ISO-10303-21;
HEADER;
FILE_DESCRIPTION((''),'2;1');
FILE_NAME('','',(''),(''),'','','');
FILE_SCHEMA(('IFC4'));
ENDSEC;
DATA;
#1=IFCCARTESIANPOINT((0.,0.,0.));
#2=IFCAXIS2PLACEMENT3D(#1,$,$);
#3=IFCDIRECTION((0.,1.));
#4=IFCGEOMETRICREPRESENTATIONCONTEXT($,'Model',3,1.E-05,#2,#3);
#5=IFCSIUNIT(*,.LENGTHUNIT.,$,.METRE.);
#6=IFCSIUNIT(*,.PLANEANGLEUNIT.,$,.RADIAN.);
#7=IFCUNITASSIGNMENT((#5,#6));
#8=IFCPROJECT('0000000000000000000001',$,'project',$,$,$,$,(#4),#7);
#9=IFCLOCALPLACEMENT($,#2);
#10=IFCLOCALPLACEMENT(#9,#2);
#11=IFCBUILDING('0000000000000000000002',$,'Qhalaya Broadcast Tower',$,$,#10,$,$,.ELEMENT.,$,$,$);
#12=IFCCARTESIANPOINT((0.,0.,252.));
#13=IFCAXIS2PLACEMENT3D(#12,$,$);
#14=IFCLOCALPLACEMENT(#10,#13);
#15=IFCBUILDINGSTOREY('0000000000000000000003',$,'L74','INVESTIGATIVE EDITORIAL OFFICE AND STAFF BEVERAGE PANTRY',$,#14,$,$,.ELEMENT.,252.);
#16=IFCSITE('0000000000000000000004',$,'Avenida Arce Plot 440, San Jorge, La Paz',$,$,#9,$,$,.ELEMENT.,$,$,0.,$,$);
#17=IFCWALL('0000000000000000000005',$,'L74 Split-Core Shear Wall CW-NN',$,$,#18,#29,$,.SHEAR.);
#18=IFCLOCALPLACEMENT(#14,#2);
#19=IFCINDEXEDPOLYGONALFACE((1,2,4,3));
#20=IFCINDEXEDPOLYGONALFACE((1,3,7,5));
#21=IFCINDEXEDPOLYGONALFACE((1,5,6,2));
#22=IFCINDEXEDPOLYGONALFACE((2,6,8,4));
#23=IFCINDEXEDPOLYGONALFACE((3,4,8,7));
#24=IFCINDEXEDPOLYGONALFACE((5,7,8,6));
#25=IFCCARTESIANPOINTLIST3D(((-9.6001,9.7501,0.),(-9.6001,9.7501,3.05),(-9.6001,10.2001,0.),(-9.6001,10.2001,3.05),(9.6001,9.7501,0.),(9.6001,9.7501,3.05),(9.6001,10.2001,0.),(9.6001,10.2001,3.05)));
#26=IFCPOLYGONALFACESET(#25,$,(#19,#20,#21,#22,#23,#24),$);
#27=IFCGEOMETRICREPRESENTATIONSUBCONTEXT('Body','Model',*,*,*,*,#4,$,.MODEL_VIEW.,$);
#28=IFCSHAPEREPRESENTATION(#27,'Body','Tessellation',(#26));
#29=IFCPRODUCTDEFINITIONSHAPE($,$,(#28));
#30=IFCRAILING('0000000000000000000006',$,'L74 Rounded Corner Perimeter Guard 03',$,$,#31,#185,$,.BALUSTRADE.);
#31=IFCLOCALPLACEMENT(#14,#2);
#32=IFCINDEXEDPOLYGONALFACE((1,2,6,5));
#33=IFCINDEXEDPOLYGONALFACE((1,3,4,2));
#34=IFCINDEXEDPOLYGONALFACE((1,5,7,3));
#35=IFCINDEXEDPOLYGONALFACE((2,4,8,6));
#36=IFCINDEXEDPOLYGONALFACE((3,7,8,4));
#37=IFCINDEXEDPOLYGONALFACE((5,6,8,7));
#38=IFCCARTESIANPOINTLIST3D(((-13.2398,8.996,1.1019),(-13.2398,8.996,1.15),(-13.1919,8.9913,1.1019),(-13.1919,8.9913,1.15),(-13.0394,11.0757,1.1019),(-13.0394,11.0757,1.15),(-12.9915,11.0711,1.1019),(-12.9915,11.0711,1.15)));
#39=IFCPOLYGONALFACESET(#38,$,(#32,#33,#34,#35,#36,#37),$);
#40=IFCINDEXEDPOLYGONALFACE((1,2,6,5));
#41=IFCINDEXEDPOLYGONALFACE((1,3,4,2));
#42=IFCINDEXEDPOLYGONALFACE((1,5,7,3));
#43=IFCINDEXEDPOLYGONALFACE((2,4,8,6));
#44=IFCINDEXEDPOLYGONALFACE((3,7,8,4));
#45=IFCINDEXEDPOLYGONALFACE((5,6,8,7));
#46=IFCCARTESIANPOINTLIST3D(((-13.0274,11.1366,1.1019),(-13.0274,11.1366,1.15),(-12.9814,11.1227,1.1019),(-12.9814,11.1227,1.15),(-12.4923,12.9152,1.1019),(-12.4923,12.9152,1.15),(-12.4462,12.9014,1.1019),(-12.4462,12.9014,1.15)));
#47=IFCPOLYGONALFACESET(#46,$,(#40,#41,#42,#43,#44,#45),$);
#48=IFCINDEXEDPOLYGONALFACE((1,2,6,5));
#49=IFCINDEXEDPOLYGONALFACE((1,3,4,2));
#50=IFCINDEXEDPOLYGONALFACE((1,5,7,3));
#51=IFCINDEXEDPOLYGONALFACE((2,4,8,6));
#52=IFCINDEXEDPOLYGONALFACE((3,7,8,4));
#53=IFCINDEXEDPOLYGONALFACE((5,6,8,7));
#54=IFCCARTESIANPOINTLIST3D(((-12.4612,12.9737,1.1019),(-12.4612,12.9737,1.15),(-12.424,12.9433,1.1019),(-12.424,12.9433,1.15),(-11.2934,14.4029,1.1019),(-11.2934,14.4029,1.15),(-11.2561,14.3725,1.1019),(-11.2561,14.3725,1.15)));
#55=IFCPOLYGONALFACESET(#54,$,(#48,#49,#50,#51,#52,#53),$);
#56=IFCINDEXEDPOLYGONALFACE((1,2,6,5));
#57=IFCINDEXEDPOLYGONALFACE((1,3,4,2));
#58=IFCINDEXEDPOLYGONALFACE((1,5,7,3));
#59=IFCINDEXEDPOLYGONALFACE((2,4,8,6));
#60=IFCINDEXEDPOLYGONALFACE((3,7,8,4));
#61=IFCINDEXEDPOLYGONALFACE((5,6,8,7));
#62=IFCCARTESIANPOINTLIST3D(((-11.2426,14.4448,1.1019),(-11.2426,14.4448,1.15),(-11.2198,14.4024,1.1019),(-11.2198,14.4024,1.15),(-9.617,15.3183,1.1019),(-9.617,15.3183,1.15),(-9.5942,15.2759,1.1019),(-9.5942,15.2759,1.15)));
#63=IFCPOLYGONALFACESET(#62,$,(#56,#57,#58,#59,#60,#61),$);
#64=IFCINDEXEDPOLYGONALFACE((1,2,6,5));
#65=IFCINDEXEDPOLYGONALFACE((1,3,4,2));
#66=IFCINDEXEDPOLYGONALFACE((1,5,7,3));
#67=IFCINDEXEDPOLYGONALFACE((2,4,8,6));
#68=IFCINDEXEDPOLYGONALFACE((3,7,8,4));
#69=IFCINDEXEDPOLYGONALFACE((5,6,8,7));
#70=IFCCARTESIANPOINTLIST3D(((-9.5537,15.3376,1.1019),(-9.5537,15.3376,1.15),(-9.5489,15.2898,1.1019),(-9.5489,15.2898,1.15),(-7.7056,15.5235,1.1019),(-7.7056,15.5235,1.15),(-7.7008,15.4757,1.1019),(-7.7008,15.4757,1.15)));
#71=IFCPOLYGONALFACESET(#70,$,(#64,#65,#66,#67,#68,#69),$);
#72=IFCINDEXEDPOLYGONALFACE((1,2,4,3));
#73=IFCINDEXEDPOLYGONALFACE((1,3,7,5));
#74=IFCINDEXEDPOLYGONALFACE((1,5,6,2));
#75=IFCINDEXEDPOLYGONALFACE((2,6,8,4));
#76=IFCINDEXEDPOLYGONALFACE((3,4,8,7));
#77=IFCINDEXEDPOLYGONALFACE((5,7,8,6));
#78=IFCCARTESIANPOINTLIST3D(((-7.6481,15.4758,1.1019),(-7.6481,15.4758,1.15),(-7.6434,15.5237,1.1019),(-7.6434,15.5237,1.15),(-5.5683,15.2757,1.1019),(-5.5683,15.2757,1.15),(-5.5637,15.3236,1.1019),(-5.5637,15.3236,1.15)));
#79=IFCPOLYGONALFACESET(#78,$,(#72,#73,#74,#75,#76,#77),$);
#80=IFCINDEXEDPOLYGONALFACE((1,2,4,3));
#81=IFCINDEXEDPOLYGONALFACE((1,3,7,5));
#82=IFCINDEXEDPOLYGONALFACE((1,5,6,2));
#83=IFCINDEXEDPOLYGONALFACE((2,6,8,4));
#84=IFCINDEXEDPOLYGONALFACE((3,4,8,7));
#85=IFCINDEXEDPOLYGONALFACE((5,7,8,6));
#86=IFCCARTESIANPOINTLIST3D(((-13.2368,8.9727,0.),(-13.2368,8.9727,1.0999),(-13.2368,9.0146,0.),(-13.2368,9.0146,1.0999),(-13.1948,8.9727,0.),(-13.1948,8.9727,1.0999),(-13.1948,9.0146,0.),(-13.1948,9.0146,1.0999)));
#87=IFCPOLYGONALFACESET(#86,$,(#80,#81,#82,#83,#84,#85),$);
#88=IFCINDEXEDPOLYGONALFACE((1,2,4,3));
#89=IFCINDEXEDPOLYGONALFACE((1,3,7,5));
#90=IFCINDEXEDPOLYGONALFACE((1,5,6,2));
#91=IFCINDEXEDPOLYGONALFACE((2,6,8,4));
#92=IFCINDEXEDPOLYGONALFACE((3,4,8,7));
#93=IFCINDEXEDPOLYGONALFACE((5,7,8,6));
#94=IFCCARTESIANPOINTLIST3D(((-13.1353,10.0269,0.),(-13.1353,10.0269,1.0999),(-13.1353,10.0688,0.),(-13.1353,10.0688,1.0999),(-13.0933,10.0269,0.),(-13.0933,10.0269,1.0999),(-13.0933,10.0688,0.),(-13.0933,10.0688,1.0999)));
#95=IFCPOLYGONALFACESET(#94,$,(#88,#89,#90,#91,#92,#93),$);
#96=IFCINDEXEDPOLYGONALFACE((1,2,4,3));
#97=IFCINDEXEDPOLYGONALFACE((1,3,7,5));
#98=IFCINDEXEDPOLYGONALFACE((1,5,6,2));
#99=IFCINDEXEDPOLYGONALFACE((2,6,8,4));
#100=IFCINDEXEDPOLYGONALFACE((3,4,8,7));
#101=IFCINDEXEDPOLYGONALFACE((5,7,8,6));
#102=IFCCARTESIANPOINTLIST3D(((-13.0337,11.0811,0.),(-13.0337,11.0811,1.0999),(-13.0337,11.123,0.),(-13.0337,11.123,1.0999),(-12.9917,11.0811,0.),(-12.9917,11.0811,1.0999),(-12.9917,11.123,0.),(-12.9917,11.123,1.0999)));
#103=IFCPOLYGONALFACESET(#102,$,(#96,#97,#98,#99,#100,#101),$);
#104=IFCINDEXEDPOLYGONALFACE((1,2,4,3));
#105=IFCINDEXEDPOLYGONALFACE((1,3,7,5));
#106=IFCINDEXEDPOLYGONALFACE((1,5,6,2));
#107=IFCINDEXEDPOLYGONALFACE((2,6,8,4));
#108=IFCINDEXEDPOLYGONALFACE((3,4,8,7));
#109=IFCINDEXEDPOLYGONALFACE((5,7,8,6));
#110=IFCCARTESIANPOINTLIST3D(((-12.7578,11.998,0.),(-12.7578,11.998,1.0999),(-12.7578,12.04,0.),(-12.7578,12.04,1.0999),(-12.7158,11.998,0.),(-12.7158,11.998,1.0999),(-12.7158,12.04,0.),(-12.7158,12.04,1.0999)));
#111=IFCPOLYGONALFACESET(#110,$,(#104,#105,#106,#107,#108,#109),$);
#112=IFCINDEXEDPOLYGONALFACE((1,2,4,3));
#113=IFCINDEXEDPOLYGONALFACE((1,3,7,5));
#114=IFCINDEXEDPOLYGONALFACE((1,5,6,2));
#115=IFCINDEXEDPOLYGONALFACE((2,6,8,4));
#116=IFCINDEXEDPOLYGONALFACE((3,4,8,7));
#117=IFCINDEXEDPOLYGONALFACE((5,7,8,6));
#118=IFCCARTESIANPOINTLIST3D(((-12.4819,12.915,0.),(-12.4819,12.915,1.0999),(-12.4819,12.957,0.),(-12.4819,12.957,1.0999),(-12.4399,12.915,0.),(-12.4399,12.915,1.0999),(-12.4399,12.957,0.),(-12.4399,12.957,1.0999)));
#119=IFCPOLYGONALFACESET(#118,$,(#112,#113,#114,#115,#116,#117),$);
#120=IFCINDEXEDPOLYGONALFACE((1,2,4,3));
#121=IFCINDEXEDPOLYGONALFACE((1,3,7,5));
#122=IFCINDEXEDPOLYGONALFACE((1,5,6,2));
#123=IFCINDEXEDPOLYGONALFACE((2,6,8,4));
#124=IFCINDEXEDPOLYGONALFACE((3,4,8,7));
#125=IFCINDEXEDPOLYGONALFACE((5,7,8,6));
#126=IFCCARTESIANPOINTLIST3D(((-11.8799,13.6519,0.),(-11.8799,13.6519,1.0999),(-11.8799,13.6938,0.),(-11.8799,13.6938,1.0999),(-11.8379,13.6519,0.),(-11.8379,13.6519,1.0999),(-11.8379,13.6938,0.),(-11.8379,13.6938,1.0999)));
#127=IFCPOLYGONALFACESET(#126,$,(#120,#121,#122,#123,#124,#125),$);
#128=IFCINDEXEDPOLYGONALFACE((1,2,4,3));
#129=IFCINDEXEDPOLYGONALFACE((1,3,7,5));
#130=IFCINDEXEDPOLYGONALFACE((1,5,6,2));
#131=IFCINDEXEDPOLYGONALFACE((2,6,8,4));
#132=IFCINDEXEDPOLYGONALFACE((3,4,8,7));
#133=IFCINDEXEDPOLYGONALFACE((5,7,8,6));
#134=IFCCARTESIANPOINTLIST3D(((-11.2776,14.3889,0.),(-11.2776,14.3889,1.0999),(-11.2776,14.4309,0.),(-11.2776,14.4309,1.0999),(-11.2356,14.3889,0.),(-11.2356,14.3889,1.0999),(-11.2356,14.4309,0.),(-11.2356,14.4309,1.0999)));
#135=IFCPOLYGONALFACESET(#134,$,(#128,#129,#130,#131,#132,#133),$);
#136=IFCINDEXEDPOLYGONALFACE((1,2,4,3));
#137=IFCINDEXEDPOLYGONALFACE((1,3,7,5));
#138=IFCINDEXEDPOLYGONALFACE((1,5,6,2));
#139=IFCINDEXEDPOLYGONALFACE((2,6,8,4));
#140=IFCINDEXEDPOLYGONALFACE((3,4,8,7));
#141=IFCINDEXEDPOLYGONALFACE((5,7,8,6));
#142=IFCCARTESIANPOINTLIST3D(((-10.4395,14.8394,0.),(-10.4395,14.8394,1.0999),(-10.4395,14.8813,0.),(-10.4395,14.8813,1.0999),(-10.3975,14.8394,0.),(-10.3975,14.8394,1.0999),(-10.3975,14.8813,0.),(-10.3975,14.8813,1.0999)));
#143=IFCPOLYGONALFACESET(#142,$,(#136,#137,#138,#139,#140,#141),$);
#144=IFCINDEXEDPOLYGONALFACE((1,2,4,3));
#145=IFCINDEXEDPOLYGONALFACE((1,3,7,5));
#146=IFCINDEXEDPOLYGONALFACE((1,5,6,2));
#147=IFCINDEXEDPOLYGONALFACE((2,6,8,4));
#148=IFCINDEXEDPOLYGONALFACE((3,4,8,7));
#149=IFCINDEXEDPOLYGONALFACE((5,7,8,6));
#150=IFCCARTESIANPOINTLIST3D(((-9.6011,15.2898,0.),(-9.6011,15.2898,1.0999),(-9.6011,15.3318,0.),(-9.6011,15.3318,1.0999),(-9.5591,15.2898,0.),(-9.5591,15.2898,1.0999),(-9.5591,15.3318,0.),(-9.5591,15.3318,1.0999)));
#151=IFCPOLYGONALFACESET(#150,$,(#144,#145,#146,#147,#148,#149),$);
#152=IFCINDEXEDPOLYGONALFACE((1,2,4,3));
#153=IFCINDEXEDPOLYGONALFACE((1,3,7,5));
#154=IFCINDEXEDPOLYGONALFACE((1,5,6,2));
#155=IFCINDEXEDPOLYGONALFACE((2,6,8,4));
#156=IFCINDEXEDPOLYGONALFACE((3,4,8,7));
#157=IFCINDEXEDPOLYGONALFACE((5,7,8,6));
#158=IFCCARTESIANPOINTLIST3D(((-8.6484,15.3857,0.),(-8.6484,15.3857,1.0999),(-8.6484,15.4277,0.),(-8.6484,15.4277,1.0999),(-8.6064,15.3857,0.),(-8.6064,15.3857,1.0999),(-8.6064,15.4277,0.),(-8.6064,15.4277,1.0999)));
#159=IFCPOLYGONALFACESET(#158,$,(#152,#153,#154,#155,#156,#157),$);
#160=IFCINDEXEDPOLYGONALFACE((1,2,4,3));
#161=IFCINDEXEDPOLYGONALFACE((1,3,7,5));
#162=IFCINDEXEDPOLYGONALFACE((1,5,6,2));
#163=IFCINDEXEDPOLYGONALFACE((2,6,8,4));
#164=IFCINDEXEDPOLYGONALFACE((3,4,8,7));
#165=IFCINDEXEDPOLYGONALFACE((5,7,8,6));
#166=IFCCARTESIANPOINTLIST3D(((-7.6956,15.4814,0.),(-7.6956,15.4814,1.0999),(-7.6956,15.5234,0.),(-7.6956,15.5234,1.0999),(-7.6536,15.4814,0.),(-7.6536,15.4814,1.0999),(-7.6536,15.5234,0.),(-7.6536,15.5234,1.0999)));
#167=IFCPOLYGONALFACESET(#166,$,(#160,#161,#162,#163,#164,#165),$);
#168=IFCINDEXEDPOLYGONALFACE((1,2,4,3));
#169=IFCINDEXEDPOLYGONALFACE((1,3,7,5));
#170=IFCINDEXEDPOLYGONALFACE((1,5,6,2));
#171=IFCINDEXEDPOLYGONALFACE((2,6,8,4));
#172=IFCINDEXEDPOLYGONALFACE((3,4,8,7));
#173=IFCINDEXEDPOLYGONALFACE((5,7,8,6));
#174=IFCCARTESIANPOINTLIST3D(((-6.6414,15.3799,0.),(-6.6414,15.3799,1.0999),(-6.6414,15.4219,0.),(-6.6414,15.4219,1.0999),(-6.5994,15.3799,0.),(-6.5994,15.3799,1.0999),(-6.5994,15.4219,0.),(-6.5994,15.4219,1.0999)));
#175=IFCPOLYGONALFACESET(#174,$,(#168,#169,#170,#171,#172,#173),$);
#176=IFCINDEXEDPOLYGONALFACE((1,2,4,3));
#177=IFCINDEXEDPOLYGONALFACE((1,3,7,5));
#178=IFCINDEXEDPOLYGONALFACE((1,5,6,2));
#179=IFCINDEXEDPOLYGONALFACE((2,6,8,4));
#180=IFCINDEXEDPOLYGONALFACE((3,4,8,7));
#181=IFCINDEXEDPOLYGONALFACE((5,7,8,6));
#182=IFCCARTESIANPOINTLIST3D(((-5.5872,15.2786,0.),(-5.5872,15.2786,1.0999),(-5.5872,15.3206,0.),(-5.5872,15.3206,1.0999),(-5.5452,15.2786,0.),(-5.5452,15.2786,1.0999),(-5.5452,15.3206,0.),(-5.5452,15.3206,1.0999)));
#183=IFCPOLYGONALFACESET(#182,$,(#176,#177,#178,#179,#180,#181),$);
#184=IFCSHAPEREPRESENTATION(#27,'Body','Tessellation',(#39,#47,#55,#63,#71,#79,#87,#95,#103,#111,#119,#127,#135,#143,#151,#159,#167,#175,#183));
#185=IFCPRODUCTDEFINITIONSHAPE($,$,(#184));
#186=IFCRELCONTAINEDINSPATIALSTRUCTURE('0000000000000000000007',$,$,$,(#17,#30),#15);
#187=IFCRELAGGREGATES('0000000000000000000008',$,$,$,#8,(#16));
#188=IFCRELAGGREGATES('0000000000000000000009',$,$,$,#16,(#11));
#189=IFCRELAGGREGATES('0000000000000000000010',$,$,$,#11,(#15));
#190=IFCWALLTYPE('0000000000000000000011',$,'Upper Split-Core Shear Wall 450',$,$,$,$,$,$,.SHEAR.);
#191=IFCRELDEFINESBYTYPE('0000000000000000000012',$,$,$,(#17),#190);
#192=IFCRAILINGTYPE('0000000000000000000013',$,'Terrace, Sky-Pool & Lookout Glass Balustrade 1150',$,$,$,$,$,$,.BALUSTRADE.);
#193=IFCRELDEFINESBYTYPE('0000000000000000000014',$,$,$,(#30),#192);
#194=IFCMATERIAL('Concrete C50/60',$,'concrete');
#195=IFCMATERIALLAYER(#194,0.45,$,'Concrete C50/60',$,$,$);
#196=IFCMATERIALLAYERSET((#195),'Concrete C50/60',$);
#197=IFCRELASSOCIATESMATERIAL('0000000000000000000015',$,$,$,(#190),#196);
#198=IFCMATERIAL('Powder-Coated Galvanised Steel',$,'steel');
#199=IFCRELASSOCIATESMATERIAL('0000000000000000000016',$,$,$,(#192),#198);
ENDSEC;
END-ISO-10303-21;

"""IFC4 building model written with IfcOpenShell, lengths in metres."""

from ifc_helpers import new_model, si_unit, direction, frame, frame_2d, origin, origin_2d, place, context, subcontext, project, spatial, rectangle, extrude, material, layer, layer_set, type_object, element, save


model = new_model("IFC4")

# Units and contexts
model_context = context("Model", 3, precision=1e-05, world=origin(), true_north=direction((0.0, 1.0)))
body_context = subcontext(model_context, "Body", "Model", "MODEL_VIEW")
ifc_project = project(units=[si_unit("LENGTHUNIT", "METRE"), si_unit("PLANEANGLEUNIT", "RADIAN")], contexts=[model_context])

# Site, building, storey
site_placement = place(None, origin())
site = spatial("IfcSite", under=ifc_project, at=site_placement, Name="Avenida Arce Plot 440, San Jorge, La Paz", CompositionType="ELEMENT", RefElevation=0.0)
building_placement = place(site_placement, origin())
building = spatial("IfcBuilding", under=site, at=building_placement, Name="Qhalaya Broadcast Tower", CompositionType="ELEMENT")
storey_placement = place(building_placement, frame((0.0, 0.0, 252.0)))
storey = spatial("IfcBuildingStorey", under=building, at=storey_placement, Name="L74", Description="INVESTIGATIVE EDITORIAL OFFICE AND STAFF BEVERAGE PANTRY", CompositionType="ELEMENT", Elevation=252.0)

# Shared definitions
ifc_material_1 = material(Name="Concrete C50/60", Category="concrete")

# Wall
ifc_layer_1 = layer(ifc_material_1, 0.45, Name="Concrete C50/60")
ifc_layer_set_1 = layer_set([ifc_layer_1], Name="Concrete C50/60")
wall_type_1 = type_object("IfcWallType", Name="Upper Split-Core Shear Wall 450", PredefinedType="SHEAR", material=ifc_layer_set_1)
wall_1_placement = place(storey_placement, frame((-9.6001, 9.9751, 0.0), z_axis=(0.0, 0.0, 1.0), x_axis=(1.0, 0.0, 0.0)))
element("IfcWall", 1, at=wall_1_placement, inside=storey, type_object=wall_type_1, Name="L74 Split-Core Shear Wall CW-NN", PredefinedType="SHEAR", context=body_context, shape_type="SweptSolid", body=[
    extrude(rectangle(XDim=19.2002, YDim=0.45, at=frame_2d((9.6001, 0.0))), origin(), (0.0, 0.0, 1.0), 3.05),
])

# Railing
ifc_material_2 = material(Name="Powder-Coated Galvanised Steel", Category="steel")
railing_type = type_object("IfcRailingType", Name="Terrace, Sky-Pool & Lookout Glass Balustrade 1150", PredefinedType="BALUSTRADE", material=ifc_material_2)
railing_placement = place(storey_placement, frame((-13.2158, 8.9937, 0.0)))
element("IfcRailing", 2, at=railing_placement, inside=storey, type_object=railing_type, Name="L74 Rounded Corner Perimeter Guard 03", PredefinedType="BALUSTRADE", context=body_context, shape_type="SweptSolid", body=[
    extrude(rectangle(XDim=0.0481, YDim=0.0481, at=origin_2d()), frame((0.0, 0.0, 1.126), z_axis=(0.095897, 0.995391, 0.0), x_axis=(-0.995391, 0.095897, 0.0)), (0.0, 0.0, 1.0), 2.0894),
    extrude(rectangle(XDim=0.0481, YDim=0.0481, at=origin_2d()), frame((0.2114, 2.136, 1.126), z_axis=(0.288096, 0.957601, 0.0), x_axis=(-0.957601, 0.288096, 0.0)), (0.0, 0.0, 1.0), 1.8574),
    extrude(rectangle(XDim=0.0481, YDim=0.0481, at=origin_2d()), frame((0.7732, 3.9648, 1.126), z_axis=(0.632749, 0.774357, 0.0), x_axis=(-0.774357, 0.632749, 0.0)), (0.0, 0.0, 1.0), 1.8457),
    extrude(rectangle(XDim=0.0481, YDim=0.0481, at=origin_2d()), frame((1.9846, 5.4299, 1.126), z_axis=(0.880879, 0.473342, 0.0), x_axis=(-0.473342, 0.880879, 0.0)), (0.0, 0.0, 1.0), 1.8455),
    extrude(rectangle(XDim=0.0481, YDim=0.0481, at=origin_2d()), frame((3.6646, 6.3201, 1.126), z_axis=(0.99498, 0.100072, 0.0), x_axis=(-0.100072, 0.99498, 0.0)), (0.0, 0.0, 1.0), 1.8574),
    extrude(rectangle(XDim=0.0481, YDim=0.0481, at=origin_2d()), frame((5.5701, 6.5061, 1.126), z_axis=(0.995402, -0.095783, 0.0), x_axis=(0.095783, 0.995402, 0.0)), (0.0, 0.0, 1.0), 2.0894),
    extrude(rectangle(XDim=0.042, YDim=0.042, at=origin_2d()), origin(), (0.0, 0.0, 1.0), 1.0999),
    extrude(rectangle(XDim=0.042, YDim=0.042, at=origin_2d()), frame((0.1016, 1.0542, 0.0)), (0.0, 0.0, 1.0), 1.0999),
    extrude(rectangle(XDim=0.042, YDim=0.042, at=origin_2d()), frame((0.2031, 2.1084, 0.0)), (0.0, 0.0, 1.0), 1.0999),
    extrude(rectangle(XDim=0.042, YDim=0.042, at=origin_2d()), frame((0.479, 3.0254, 0.0)), (0.0, 0.0, 1.0), 1.0999),
    extrude(rectangle(XDim=0.042, YDim=0.042, at=origin_2d()), frame((0.7549, 3.9424, 0.0)), (0.0, 0.0, 1.0), 1.0999),
    extrude(rectangle(XDim=0.042, YDim=0.042, at=origin_2d()), frame((1.3569, 4.6792, 0.0)), (0.0, 0.0, 1.0), 1.0999),
    extrude(rectangle(XDim=0.042, YDim=0.042, at=origin_2d()), frame((1.9592, 5.4163, 0.0)), (0.0, 0.0, 1.0), 1.0999),
    extrude(rectangle(XDim=0.042, YDim=0.042, at=origin_2d()), frame((2.7974, 5.8667, 0.0)), (0.0, 0.0, 1.0), 1.0999),
    extrude(rectangle(XDim=0.042, YDim=0.042, at=origin_2d()), frame((3.6357, 6.3171, 0.0)), (0.0, 0.0, 1.0), 1.0999),
    extrude(rectangle(XDim=0.042, YDim=0.042, at=origin_2d()), frame((4.5884, 6.4131, 0.0)), (0.0, 0.0, 1.0), 1.0999),
    extrude(rectangle(XDim=0.042, YDim=0.042, at=origin_2d()), frame((5.5413, 6.5088, 0.0)), (0.0, 0.0, 1.0), 1.0999),
    extrude(rectangle(XDim=0.042, YDim=0.042, at=origin_2d()), frame((6.5955, 6.4072, 0.0)), (0.0, 0.0, 1.0), 1.0999),
    extrude(rectangle(XDim=0.042, YDim=0.042, at=origin_2d()), frame((7.6497, 6.3059, 0.0)), (0.0, 0.0, 1.0), 1.0999),
])

save(model, "model.ifc")
